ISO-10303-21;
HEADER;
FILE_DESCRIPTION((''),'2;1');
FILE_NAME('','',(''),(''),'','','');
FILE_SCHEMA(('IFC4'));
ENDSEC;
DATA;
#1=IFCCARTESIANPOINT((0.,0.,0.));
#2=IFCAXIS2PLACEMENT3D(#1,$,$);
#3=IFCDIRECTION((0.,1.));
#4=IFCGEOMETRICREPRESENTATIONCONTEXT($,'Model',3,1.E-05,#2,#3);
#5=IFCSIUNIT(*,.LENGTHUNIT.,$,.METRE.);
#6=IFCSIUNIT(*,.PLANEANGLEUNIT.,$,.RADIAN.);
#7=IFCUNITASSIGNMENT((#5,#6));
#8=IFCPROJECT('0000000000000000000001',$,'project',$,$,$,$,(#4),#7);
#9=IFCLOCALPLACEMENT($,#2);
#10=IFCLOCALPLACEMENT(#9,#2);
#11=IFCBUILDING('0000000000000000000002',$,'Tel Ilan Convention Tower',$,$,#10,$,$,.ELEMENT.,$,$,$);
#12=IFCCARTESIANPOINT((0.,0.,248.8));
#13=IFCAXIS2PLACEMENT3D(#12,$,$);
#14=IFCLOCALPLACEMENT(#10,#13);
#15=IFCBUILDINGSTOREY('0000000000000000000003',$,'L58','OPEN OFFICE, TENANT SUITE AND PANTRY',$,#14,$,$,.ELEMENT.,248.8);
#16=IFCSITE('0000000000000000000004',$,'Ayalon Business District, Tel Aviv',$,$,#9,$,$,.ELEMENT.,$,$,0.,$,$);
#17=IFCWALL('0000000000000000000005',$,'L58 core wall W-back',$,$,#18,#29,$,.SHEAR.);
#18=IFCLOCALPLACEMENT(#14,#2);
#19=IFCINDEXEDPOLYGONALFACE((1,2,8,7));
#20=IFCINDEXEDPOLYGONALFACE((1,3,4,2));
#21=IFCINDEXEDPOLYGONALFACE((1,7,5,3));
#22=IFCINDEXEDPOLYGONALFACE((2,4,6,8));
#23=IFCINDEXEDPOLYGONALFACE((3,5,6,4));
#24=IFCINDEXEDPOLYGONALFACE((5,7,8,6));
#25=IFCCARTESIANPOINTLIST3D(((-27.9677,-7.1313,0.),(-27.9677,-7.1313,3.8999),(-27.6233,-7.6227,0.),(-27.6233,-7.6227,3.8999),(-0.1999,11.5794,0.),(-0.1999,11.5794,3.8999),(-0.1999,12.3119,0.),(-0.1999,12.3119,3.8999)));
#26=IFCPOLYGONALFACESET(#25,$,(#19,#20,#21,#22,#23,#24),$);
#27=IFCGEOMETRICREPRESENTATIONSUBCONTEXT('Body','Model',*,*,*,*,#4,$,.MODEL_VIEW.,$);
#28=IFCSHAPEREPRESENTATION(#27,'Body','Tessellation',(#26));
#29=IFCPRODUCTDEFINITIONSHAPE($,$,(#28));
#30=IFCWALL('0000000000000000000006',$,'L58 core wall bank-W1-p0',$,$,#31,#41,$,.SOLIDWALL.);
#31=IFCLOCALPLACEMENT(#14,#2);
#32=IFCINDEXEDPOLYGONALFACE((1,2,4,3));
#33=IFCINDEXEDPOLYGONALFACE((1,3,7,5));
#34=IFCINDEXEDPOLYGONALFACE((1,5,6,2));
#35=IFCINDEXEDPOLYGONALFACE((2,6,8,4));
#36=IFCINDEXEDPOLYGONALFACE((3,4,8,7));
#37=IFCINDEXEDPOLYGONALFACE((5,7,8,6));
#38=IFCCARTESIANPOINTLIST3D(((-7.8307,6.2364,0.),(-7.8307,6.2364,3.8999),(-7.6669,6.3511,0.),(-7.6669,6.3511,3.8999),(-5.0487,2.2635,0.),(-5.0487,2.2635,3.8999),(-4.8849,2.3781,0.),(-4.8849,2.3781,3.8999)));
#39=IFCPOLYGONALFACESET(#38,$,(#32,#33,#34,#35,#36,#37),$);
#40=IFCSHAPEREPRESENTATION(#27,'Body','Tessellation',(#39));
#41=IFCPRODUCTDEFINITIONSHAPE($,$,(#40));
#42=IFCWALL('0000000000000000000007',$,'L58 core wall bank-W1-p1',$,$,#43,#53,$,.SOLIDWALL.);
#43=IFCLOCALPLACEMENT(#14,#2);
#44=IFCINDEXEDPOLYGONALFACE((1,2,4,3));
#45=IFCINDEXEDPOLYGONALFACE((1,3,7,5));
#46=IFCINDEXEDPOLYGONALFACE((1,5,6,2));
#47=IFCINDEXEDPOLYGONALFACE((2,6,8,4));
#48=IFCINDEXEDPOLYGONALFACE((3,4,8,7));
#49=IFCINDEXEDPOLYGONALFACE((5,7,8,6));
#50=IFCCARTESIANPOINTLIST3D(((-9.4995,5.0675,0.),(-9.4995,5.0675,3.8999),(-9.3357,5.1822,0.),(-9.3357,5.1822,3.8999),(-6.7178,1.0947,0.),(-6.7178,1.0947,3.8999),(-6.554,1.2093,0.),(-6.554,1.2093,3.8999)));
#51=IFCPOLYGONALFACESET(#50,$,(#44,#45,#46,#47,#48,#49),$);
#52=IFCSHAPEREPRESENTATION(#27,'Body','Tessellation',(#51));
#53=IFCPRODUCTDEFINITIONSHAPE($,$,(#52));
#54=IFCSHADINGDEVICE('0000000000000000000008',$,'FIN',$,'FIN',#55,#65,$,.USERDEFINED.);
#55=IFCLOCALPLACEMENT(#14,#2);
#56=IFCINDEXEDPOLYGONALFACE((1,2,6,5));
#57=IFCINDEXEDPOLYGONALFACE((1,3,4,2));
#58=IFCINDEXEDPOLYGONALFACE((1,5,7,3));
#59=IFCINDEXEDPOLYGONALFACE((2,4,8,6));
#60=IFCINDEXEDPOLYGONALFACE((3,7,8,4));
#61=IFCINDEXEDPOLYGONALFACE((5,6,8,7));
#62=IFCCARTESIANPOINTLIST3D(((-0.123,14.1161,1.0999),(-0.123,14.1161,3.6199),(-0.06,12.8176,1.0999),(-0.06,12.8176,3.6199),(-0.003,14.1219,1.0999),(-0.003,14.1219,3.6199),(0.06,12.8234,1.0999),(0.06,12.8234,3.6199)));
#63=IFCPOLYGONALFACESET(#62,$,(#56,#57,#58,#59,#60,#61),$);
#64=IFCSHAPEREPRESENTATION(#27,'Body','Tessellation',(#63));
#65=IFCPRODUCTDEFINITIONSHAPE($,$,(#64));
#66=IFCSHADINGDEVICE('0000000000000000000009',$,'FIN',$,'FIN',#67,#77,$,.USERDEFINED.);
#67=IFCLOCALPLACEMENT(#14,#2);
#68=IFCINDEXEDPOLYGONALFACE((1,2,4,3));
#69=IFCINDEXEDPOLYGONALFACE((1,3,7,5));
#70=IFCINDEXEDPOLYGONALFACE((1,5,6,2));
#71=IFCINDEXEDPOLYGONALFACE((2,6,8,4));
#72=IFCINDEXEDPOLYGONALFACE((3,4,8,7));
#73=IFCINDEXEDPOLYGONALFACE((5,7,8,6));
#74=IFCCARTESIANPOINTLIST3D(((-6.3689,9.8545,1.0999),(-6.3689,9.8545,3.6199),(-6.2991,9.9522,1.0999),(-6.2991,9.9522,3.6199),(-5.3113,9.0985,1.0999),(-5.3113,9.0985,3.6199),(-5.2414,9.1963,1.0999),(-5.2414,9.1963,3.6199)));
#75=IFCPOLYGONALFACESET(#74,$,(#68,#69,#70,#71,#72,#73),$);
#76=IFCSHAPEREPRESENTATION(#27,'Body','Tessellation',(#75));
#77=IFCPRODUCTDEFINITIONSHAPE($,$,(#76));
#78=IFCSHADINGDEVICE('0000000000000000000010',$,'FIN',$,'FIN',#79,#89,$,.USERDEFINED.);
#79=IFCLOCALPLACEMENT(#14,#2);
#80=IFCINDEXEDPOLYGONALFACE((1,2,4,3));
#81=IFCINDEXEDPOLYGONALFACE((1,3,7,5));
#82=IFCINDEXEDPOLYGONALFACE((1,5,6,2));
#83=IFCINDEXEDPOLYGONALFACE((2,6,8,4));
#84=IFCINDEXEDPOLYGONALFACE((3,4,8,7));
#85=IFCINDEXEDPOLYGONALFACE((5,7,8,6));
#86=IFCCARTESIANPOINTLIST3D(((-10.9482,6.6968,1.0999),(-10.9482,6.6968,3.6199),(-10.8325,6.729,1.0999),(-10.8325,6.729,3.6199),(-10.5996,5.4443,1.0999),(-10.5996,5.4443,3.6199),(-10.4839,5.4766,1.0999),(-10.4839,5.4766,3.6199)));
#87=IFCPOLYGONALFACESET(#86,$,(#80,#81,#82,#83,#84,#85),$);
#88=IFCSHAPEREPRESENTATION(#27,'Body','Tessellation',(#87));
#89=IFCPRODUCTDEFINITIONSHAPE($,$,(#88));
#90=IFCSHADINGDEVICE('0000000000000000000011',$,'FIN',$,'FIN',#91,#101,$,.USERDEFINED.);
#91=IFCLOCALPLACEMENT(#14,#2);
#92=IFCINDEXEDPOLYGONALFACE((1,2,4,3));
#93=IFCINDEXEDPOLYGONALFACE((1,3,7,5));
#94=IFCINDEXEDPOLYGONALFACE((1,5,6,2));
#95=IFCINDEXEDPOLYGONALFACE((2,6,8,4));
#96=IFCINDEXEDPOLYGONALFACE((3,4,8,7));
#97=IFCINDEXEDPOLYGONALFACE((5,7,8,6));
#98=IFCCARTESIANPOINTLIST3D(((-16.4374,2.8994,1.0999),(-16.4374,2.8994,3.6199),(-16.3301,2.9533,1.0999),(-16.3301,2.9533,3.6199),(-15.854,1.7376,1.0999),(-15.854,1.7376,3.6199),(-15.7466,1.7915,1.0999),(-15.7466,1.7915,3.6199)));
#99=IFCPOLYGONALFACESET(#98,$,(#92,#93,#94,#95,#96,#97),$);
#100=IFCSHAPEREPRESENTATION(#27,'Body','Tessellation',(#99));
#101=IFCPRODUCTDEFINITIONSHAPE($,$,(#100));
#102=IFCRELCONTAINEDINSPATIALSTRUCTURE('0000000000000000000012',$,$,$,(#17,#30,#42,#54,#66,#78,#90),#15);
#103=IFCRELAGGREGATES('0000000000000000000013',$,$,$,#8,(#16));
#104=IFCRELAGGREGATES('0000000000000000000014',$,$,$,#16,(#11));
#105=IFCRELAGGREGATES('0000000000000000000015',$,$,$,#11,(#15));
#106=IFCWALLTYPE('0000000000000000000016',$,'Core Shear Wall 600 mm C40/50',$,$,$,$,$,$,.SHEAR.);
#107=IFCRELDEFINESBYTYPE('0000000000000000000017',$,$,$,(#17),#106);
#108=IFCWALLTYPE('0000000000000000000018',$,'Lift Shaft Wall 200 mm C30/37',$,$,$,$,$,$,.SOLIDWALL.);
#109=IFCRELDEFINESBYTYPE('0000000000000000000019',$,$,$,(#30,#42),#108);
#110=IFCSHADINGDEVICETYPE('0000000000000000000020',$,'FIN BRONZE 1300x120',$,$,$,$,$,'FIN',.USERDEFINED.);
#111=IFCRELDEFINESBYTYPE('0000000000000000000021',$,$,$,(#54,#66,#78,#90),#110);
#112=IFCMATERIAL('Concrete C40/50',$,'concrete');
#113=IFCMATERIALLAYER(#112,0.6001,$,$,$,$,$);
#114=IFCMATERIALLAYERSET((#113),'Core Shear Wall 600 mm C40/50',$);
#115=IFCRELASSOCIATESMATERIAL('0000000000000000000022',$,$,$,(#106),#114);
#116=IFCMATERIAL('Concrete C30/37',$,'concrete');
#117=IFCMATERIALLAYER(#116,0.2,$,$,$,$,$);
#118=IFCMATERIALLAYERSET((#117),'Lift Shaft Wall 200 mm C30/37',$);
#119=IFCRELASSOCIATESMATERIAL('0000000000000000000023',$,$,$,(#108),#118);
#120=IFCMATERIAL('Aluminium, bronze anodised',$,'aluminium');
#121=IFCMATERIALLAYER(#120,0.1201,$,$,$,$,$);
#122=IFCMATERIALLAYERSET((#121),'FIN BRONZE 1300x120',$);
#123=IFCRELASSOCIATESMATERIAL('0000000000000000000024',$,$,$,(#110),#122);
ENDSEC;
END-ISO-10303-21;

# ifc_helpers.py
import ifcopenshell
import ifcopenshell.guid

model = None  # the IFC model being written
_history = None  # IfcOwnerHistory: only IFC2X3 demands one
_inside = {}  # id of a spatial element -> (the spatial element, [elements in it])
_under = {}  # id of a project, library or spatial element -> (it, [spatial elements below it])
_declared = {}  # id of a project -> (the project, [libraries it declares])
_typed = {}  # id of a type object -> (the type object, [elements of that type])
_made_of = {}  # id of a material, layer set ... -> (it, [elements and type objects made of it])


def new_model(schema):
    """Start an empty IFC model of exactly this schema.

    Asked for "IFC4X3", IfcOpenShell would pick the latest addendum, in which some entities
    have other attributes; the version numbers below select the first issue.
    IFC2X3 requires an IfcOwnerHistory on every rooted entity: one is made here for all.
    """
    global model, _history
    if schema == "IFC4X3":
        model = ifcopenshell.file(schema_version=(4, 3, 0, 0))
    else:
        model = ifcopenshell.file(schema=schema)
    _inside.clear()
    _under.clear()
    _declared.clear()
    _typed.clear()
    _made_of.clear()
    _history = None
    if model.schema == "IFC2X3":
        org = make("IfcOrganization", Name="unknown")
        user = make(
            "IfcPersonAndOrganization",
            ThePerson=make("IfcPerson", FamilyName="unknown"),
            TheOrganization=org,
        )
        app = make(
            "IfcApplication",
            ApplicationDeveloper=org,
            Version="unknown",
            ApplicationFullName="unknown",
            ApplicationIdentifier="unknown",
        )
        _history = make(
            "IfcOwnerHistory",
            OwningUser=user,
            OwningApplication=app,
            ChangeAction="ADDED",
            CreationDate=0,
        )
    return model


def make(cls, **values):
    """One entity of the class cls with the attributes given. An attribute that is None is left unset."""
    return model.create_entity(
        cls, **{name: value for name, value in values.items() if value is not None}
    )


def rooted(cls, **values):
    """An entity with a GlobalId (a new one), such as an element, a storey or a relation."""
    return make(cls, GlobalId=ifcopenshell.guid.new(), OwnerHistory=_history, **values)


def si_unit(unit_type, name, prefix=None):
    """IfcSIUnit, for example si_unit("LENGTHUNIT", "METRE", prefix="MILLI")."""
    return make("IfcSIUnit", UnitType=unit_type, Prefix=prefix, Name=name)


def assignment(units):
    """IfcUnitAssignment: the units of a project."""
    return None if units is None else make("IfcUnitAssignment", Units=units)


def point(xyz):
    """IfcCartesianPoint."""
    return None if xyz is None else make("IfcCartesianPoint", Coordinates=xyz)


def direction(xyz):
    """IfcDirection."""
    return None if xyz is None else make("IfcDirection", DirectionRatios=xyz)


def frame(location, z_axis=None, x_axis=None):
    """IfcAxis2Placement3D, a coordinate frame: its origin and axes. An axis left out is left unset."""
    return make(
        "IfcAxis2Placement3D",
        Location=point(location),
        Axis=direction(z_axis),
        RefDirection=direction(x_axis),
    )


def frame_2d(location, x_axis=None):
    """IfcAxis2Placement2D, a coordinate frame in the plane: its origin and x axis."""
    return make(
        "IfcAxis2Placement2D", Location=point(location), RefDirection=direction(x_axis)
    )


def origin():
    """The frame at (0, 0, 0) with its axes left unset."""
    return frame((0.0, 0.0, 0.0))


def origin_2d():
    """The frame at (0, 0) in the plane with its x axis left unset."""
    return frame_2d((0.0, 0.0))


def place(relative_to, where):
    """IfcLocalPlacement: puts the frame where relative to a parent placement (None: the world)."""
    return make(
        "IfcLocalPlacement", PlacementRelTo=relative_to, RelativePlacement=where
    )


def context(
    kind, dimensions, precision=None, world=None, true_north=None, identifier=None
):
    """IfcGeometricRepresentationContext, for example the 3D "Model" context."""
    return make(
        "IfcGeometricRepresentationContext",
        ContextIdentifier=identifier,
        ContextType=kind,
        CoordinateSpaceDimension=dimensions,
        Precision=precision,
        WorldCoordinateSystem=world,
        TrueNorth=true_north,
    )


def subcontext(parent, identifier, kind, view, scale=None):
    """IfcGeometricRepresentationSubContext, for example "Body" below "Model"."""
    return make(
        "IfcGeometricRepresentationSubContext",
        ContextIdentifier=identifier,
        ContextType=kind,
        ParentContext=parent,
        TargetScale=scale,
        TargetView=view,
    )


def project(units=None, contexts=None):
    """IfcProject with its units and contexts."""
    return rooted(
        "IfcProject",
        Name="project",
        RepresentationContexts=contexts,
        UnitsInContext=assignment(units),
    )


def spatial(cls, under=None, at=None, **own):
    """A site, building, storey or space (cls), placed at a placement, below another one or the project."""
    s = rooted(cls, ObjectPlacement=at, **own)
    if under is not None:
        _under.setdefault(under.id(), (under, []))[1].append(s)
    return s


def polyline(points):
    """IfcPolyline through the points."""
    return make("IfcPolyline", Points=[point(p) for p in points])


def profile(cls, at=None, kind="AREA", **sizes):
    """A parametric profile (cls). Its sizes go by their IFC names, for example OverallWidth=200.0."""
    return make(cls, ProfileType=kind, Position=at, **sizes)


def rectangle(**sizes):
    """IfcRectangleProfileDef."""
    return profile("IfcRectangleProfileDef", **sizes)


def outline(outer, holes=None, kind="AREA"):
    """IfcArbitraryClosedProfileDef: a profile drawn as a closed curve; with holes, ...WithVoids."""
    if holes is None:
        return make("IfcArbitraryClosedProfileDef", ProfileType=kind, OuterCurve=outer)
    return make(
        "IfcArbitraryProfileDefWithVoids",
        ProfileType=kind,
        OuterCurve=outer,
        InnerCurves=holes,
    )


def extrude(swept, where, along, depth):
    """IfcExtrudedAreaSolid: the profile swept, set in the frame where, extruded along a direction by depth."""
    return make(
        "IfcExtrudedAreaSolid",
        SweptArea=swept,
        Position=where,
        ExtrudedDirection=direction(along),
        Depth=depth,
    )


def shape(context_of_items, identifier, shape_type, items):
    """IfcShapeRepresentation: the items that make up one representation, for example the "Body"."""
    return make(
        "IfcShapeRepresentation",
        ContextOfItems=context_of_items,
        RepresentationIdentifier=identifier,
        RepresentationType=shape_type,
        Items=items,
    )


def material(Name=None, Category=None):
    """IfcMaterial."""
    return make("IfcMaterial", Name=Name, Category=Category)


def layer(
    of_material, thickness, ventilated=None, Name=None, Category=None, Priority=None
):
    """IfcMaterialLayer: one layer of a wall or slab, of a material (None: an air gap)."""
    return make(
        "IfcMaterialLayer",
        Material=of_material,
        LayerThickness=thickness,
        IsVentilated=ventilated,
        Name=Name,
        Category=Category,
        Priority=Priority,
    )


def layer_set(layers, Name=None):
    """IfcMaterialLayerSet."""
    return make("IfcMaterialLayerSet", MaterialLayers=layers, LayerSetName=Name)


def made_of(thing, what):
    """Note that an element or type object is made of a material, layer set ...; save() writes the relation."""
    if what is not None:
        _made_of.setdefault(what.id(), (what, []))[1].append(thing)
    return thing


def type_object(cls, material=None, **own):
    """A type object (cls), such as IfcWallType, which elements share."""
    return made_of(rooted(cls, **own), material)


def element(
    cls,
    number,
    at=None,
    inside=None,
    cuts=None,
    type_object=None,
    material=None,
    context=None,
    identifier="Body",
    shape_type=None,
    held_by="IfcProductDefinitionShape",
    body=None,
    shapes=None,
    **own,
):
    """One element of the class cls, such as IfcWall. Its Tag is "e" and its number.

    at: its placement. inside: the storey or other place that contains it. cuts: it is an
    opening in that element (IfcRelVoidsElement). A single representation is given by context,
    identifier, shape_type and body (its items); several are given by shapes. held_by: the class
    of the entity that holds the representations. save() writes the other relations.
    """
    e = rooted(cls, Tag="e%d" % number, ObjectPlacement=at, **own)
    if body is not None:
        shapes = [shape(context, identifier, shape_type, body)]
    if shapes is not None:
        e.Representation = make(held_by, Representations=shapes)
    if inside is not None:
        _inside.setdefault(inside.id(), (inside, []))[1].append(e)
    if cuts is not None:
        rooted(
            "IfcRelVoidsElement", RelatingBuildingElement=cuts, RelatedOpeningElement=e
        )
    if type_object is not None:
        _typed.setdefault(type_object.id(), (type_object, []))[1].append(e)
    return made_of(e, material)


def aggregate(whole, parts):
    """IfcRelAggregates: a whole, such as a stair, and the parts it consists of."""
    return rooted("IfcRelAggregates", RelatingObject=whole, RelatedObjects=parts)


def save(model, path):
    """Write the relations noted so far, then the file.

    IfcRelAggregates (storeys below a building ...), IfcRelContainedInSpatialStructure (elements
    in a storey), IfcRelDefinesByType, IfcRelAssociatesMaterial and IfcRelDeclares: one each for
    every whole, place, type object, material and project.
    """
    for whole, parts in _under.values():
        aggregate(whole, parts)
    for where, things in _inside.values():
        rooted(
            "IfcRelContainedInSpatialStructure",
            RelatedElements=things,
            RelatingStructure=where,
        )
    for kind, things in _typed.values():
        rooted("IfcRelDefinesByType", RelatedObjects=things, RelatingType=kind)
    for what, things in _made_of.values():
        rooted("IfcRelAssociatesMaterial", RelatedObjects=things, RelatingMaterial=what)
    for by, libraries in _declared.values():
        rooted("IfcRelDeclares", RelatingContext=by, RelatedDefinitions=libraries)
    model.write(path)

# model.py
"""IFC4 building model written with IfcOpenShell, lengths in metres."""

from ifc_helpers import new_model, si_unit, direction, frame, frame_2d, origin, origin_2d, place, context, subcontext, project, spatial, polyline, rectangle, outline, extrude, material, layer, layer_set, type_object, element, save


model = new_model("IFC4")

# Units and contexts
model_context = context("Model", 3, precision=1e-05, world=origin(), true_north=direction((0.0, 1.0)))
body_context = subcontext(model_context, "Body", "Model", "MODEL_VIEW")
ifc_project = project(units=[si_unit("LENGTHUNIT", "METRE"), si_unit("PLANEANGLEUNIT", "RADIAN")], contexts=[model_context])

# Site, building, storey
site_placement = place(None, origin())
site = spatial("IfcSite", under=ifc_project, at=site_placement, Name="Ayalon Business District, Tel Aviv", CompositionType="ELEMENT", RefElevation=0.0)
building_placement = place(site_placement, origin())
building = spatial("IfcBuilding", under=site, at=building_placement, Name="Tel Ilan Convention Tower", CompositionType="ELEMENT")
storey_placement = place(building_placement, frame((0.0, 0.0, 248.8)))
storey = spatial("IfcBuildingStorey", under=building, at=storey_placement, Name="L58", Description="OPEN OFFICE, TENANT SUITE AND PANTRY", CompositionType="ELEMENT", Elevation=248.8)

# Walls
ifc_material_1 = material(Name="Concrete C40/50", Category="concrete")
ifc_layer_1 = layer(ifc_material_1, 0.6001)
ifc_layer_set_1 = layer_set([ifc_layer_1], Name="Core Shear Wall 600 mm C40/50")
wall_type_1 = type_object("IfcWallType", Name="Core Shear Wall 600 mm C40/50", PredefinedType="SHEAR", material=ifc_layer_set_1)
wall_1_placement = place(storey_placement, frame((-0.0278, 12.0662, 0.0), z_axis=(0.0, 0.0, 1.0), x_axis=(-0.819151, -0.573577, 0.0)))
element("IfcWall", 1, at=wall_1_placement, inside=storey, type_object=wall_type_1, Name="L58 core wall W-back", PredefinedType="SHEAR", context=body_context, shape_type="SweptSolid", body=[
    extrude(outline(polyline([(33.8979, 0.3), (0.4202, 0.3), (0.0, -0.3), (33.8982, -0.3), (33.8979, 0.3)])), origin(), (0.0, 0.0, 1.0), 3.8999),
])
ifc_material_2 = material(Name="Concrete C30/37", Category="concrete")
ifc_layer_2 = layer(ifc_material_2, 0.2)
ifc_layer_set_2 = layer_set([ifc_layer_2], Name="Lift Shaft Wall 200 mm C30/37")
wall_type_2 = type_object("IfcWallType", Name="Lift Shaft Wall 200 mm C30/37", PredefinedType="SOLIDWALL", material=ifc_layer_set_2)
wall_2_placement = place(storey_placement, frame((-4.9668, 2.3208, 0.0), z_axis=(0.0, 0.0, 1.0), x_axis=(-0.573594, 0.81914, 0.0)))
element("IfcWall", 2, at=wall_2_placement, inside=storey, type_object=wall_type_2, Name="L58 core wall bank-W1-p0", PredefinedType="SOLIDWALL", context=body_context, shape_type="SweptSolid", body=[
    extrude(rectangle(XDim=4.8501, YDim=0.2, at=frame_2d((2.425, 0.0))), origin(), (0.0, 0.0, 1.0), 3.8999),
])
wall_3_placement = place(storey_placement, frame((-6.636, 1.1521, 0.0), z_axis=(0.0, 0.0, 1.0), x_axis=(-0.57356, 0.819163, 0.0)))
element("IfcWall", 3, at=wall_3_placement, inside=storey, type_object=wall_type_2, Name="L58 core wall bank-W1-p1", PredefinedType="SOLIDWALL", context=body_context, shape_type="SweptSolid", body=[
    extrude(rectangle(XDim=4.8499, YDim=0.2, at=frame_2d((2.4248, 0.0))), origin(), (0.0, 0.0, 1.0), 3.8999),
])

# Shading devices
ifc_material_3 = material(Name="Aluminium, bronze anodised", Category="aluminium")
ifc_layer_3 = layer(ifc_material_3, 0.1201)
ifc_layer_set_3 = layer_set([ifc_layer_3], Name="FIN BRONZE 1300x120")
shading_device_type = type_object("IfcShadingDeviceType", Name="FIN BRONZE 1300x120", ElementType="FIN", PredefinedType="USERDEFINED", material=ifc_layer_set_3)
for number, where, z_axis, x_axis, name in (
    (4, (-0.0315, 13.4697, 1.0999), (0.0, 0.0, 1.0), (-0.048462, 0.998825, 0.0), "FIN"),
    (5, (-5.8052, 9.5254, 1.0999), (0.0, 0.0, 1.0), (-0.813552, 0.581492, 0.0), "FIN"),
    (6, (-10.7161, 6.0867, 1.0999), (0.0, 0.0, 1.0), (-0.268173, 0.963371, 0.0), "FIN"),
    (7, (-16.092, 2.3455, 1.0999), (0.0, 0.0, 1.0), (-0.448799, 0.893633, 0.0), "FIN"),
):
    element("IfcShadingDevice", number, at=place(storey_placement, frame(where, z_axis=z_axis, x_axis=x_axis)), inside=storey, type_object=shading_device_type, Name=name, ObjectType="FIN", PredefinedType="USERDEFINED", context=body_context, shape_type="SweptSolid", body=[
        extrude(rectangle(XDim=1.3, YDim=0.1201, at=origin_2d()), origin(), (0.0, 0.0, 1.0), 2.52),
    ])

save(model, "model.ifc")
